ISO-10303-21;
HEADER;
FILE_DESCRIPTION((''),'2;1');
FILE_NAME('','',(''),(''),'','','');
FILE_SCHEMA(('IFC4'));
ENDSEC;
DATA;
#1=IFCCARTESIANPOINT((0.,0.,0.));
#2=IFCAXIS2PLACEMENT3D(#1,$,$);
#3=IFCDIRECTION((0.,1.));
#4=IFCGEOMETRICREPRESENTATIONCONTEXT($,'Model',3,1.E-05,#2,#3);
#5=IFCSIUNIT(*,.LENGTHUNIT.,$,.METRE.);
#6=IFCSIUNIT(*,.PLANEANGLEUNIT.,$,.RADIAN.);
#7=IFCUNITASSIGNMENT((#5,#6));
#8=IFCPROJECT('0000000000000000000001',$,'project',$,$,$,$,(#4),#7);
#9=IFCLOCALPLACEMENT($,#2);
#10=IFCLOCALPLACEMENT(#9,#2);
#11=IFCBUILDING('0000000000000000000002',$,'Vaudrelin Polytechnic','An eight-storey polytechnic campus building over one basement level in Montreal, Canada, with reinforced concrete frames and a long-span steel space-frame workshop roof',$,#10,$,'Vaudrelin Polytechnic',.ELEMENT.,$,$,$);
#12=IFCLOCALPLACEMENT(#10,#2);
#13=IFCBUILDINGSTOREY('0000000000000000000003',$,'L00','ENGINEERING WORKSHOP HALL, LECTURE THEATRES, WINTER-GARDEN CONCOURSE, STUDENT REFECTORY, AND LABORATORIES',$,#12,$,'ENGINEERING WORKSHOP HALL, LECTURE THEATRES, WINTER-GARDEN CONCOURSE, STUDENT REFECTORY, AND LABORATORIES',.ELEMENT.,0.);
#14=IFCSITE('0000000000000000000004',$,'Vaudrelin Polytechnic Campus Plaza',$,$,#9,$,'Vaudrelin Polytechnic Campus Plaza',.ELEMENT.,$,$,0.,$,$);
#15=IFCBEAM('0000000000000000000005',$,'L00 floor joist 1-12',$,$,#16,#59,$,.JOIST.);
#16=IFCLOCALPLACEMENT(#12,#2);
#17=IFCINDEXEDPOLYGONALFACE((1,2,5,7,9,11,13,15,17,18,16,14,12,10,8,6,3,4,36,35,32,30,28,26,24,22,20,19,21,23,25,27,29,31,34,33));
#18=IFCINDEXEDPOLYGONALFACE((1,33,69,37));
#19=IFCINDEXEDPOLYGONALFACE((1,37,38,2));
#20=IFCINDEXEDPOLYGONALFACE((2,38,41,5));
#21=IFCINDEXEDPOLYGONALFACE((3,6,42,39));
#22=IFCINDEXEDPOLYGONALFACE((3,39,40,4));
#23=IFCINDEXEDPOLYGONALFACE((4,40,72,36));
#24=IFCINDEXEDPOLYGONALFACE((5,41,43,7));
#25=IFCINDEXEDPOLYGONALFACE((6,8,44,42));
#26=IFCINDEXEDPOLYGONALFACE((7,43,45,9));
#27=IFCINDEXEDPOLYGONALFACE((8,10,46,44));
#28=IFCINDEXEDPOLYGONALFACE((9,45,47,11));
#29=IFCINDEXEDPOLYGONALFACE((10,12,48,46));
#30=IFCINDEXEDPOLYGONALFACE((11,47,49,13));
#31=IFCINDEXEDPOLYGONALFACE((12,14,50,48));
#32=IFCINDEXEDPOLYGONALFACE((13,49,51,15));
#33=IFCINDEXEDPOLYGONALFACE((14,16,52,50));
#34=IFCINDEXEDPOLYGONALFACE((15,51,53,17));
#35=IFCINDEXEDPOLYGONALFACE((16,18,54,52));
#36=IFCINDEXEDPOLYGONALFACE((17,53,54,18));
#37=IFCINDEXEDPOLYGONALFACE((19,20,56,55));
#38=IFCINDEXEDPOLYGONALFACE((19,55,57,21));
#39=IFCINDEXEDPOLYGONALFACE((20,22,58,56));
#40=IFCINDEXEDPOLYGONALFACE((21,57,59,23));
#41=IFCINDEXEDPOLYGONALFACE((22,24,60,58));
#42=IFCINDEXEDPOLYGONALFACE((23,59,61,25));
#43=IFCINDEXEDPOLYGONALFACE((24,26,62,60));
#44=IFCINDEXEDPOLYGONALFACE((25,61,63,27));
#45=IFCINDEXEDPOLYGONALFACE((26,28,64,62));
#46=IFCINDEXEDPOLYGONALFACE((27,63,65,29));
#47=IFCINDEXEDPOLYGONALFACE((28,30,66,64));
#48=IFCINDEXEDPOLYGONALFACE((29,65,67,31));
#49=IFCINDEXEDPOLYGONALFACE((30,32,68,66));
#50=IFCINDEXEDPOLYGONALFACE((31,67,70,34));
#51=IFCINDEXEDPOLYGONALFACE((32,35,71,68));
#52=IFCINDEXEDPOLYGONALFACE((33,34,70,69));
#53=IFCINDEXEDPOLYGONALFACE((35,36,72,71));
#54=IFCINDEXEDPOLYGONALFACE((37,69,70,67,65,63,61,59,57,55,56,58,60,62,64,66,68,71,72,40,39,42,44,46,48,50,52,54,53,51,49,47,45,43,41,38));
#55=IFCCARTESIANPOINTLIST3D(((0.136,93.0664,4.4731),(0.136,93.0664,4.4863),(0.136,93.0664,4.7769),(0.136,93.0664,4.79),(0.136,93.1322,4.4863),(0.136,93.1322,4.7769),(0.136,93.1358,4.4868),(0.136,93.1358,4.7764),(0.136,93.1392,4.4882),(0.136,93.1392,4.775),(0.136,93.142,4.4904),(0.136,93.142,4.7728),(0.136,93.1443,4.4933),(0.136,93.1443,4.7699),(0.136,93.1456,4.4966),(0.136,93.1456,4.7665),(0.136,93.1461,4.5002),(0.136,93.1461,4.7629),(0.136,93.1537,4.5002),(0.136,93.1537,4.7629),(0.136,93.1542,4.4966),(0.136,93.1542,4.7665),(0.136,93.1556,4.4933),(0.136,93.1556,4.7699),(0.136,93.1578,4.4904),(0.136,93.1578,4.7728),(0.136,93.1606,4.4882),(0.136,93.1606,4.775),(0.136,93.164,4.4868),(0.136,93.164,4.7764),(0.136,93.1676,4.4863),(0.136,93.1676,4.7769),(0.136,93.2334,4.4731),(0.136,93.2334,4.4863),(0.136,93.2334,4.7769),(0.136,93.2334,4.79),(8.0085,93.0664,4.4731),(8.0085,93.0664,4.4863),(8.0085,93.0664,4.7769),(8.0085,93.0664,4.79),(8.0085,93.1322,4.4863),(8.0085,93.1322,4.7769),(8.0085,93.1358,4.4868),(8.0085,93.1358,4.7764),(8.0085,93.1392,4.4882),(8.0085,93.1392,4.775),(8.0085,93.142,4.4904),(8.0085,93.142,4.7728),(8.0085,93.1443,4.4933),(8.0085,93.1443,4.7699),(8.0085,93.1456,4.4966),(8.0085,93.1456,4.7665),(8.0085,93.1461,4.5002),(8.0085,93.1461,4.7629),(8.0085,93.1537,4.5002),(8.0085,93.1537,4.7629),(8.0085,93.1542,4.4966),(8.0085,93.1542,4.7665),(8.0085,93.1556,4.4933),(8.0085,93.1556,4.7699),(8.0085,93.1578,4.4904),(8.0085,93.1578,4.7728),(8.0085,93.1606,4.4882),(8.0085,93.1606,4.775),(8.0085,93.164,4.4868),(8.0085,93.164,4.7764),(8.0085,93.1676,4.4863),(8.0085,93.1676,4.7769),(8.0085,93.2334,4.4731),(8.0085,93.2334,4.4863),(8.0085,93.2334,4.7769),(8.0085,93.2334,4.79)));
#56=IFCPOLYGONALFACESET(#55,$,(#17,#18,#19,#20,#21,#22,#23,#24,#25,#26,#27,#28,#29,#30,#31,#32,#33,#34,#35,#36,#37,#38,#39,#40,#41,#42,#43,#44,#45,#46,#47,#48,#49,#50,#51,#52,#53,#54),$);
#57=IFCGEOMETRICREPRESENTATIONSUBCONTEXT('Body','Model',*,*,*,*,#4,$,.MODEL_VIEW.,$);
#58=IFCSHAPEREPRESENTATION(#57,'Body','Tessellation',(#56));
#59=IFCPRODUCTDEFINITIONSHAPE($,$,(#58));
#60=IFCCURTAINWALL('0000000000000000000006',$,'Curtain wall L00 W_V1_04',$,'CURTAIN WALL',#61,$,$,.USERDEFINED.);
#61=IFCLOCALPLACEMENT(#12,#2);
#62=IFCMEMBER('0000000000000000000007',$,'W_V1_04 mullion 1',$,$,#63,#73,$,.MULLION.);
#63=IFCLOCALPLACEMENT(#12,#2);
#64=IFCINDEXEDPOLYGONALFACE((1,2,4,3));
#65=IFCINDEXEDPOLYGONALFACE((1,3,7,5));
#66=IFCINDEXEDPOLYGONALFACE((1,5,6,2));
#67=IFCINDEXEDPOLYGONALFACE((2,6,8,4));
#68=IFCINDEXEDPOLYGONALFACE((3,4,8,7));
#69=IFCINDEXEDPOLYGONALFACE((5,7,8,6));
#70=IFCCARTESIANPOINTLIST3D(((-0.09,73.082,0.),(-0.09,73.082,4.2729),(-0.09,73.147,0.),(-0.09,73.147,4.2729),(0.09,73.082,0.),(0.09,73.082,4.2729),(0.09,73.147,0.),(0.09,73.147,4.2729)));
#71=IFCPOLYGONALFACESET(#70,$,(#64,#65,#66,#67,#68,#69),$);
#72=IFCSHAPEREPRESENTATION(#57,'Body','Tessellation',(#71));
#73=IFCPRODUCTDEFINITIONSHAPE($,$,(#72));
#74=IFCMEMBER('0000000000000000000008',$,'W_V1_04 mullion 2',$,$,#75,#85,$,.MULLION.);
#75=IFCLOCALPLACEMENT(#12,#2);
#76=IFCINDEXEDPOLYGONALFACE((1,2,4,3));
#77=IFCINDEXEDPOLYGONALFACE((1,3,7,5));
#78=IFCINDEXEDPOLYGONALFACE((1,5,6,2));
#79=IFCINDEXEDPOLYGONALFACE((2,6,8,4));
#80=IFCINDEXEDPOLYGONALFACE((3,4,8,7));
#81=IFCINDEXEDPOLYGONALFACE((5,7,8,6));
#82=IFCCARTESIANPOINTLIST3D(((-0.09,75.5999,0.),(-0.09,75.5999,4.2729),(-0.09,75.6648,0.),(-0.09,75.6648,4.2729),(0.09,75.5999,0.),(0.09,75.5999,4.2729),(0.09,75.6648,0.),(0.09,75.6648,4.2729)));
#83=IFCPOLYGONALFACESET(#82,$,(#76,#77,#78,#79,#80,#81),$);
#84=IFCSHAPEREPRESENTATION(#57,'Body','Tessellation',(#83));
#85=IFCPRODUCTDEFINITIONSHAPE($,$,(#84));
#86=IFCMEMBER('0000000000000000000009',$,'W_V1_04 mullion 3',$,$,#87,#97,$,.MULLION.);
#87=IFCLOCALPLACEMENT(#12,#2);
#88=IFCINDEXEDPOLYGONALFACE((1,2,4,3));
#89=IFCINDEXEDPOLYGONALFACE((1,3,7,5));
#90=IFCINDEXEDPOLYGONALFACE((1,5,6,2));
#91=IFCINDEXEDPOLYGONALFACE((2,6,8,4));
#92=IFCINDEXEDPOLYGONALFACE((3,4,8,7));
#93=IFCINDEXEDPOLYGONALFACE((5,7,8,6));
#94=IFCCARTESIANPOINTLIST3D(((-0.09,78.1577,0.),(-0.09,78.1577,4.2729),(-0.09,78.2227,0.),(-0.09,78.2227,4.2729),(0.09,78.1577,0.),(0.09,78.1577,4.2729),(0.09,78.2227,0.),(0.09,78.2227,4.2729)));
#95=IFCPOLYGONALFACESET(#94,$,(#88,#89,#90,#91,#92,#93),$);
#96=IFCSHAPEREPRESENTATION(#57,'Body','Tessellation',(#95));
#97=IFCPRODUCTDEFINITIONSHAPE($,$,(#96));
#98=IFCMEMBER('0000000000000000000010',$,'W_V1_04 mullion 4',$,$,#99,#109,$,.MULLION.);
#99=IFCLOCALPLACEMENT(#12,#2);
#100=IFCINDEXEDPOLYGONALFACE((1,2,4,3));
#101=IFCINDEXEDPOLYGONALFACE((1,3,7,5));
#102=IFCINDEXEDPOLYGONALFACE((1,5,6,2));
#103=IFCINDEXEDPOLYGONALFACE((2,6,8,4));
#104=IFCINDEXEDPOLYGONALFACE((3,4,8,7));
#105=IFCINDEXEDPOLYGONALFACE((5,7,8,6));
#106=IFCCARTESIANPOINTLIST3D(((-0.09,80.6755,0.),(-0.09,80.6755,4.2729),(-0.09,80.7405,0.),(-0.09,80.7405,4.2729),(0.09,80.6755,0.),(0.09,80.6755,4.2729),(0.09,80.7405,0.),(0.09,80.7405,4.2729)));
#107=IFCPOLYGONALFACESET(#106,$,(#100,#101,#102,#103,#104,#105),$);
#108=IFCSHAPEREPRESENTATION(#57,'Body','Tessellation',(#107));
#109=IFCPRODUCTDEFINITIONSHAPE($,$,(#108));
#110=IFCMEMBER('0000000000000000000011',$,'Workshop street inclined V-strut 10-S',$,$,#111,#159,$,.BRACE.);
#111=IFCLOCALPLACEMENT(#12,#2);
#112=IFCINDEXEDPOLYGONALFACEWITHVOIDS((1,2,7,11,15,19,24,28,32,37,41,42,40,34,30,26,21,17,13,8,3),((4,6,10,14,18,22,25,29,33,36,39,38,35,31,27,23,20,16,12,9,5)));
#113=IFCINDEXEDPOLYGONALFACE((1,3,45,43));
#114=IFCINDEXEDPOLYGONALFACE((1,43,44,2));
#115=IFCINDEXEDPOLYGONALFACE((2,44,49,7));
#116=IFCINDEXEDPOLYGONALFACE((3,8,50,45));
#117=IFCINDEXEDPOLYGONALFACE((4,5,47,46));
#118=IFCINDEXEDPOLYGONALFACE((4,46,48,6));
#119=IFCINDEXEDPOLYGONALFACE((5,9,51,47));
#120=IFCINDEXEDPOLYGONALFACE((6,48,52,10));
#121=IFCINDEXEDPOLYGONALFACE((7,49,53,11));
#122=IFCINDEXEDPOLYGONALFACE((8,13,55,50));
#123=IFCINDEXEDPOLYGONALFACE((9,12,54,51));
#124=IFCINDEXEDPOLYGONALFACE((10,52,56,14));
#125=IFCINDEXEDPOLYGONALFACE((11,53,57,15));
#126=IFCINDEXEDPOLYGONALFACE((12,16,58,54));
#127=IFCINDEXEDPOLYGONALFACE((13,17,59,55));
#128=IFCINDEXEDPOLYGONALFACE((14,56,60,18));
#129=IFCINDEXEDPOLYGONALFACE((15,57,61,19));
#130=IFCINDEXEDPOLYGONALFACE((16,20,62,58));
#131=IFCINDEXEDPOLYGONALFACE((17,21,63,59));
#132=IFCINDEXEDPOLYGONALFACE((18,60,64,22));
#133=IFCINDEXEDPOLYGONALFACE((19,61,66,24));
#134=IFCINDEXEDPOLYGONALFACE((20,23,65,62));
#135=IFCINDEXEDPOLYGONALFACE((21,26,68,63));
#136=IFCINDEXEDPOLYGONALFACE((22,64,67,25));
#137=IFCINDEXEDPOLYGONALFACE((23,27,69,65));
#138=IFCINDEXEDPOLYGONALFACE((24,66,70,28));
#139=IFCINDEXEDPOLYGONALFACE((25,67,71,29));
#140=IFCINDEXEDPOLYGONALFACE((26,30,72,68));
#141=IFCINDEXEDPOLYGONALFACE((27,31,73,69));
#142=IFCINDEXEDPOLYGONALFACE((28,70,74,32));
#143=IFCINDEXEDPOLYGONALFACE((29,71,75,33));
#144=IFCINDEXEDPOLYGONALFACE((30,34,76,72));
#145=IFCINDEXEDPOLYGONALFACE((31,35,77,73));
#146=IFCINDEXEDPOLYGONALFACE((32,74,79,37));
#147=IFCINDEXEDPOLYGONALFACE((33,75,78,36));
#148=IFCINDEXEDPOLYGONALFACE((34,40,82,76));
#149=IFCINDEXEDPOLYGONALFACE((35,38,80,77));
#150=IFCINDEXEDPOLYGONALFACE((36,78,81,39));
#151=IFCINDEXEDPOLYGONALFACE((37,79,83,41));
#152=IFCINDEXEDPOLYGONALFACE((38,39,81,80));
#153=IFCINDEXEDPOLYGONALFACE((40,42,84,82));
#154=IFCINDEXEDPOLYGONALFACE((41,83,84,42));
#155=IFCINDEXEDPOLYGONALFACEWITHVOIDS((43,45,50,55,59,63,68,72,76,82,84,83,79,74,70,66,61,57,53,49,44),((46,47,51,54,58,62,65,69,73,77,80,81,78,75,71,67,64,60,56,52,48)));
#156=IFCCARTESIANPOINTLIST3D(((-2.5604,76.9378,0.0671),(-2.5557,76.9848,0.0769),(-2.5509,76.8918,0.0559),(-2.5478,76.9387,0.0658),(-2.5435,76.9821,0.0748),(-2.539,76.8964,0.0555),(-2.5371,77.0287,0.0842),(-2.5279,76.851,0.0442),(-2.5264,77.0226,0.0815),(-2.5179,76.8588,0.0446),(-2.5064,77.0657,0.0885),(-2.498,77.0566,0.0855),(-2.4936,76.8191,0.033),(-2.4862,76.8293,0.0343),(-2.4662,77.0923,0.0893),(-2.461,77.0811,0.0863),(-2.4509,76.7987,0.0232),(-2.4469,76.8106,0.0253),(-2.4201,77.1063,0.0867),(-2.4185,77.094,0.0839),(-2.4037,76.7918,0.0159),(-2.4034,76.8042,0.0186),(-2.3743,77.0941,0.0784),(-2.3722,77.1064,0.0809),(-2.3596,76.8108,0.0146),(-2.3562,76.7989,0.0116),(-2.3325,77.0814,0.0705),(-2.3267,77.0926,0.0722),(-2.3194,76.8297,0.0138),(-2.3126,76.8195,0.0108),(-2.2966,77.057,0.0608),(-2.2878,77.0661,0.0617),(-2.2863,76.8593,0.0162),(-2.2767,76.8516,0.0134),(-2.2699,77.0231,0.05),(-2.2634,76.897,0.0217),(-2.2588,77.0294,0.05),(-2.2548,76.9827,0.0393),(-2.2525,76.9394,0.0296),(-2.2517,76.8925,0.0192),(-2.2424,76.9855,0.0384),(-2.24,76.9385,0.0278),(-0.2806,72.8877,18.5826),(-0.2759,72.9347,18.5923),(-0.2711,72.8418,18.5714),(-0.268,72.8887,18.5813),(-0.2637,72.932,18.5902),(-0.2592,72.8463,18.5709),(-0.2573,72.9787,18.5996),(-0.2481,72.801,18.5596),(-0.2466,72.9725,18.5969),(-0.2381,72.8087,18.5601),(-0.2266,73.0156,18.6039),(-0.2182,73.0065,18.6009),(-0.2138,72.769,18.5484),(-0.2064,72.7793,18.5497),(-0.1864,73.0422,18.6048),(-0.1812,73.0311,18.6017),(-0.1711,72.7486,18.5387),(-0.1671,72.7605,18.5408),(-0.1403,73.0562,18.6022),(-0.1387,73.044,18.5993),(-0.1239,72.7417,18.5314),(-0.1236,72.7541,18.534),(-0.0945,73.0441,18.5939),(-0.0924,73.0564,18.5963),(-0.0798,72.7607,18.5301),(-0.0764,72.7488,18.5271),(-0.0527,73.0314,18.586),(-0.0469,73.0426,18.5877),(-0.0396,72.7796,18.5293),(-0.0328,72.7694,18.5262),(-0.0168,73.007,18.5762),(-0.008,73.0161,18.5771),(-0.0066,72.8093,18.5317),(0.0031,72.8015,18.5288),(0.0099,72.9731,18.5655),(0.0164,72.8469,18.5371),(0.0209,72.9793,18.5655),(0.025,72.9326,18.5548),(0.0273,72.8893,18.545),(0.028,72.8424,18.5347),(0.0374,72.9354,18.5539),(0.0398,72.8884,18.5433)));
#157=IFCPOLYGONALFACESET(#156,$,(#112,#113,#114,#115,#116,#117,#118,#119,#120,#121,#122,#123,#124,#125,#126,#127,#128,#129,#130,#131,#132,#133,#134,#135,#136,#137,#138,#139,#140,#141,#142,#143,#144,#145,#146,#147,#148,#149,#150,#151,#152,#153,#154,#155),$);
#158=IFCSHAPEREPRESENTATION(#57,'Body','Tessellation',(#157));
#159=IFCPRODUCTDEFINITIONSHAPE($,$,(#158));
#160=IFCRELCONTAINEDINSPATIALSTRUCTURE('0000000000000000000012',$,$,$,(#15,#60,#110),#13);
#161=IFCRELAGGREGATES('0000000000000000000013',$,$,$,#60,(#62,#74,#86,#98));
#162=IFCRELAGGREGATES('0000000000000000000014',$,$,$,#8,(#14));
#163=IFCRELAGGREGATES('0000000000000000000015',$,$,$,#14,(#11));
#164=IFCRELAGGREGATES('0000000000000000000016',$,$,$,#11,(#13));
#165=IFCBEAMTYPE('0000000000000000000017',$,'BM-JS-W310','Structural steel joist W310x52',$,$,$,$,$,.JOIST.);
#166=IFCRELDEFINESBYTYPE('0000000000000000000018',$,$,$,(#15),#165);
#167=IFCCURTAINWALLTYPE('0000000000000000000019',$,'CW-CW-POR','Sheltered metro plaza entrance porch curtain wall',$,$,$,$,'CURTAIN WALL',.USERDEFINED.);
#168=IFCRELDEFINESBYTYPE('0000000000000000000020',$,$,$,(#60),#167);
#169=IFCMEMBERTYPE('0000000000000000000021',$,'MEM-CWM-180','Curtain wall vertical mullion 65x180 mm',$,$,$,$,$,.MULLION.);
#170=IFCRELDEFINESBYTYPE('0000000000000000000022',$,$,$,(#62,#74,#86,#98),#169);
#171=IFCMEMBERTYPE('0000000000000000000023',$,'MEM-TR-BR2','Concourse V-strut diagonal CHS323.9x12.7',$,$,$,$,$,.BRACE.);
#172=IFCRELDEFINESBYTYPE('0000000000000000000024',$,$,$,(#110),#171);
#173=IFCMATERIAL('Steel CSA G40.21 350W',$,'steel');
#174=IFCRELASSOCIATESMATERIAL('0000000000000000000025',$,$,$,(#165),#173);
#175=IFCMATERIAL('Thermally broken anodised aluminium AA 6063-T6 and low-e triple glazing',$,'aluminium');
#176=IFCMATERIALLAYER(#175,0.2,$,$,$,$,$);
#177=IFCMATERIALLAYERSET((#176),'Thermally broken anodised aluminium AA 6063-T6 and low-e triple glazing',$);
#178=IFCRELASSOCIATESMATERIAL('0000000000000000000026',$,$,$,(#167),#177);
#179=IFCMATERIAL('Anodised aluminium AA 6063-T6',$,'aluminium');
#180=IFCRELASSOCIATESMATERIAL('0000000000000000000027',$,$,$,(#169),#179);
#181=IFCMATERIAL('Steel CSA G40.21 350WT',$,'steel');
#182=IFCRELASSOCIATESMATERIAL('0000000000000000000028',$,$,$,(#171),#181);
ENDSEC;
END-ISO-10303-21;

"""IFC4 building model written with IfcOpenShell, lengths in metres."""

from ifc_helpers import new_model, si_unit, direction, frame, origin, origin_2d, place, context, subcontext, project, spatial, rectangle, hollow_circle, i_section, extrude, material, layer, layer_set, material_profile, profile_set, type_object, element, aggregate, save


model = new_model("IFC4")

# Units and contexts
model_context = context("Model", 3, precision=1e-05, world=origin(), true_north=direction((0.0, 1.0)))
body_context = subcontext(model_context, "Body", "Model", "MODEL_VIEW")
ifc_project = project(units=[si_unit("LENGTHUNIT", "METRE"), si_unit("PLANEANGLEUNIT", "RADIAN")], contexts=[model_context])

# Site, building, storey
site_placement = place(None, origin())
site = spatial("IfcSite", under=ifc_project, at=site_placement, Name="Vaudrelin Polytechnic Campus Plaza", LongName="Vaudrelin Polytechnic Campus Plaza", CompositionType="ELEMENT", RefElevation=0.0)
building_placement = place(site_placement, origin())
building = spatial("IfcBuilding", under=site, at=building_placement, Name="Vaudrelin Polytechnic", Description="An eight-storey polytechnic campus building over one basement level in Montreal, Canada, with reinforced concrete frames and a long-span steel space-frame workshop roof", LongName="Vaudrelin Polytechnic", CompositionType="ELEMENT")
storey_placement = place(building_placement, origin())
storey = spatial("IfcBuildingStorey", under=building, at=storey_placement, Name="L00", Description="ENGINEERING WORKSHOP HALL, LECTURE THEATRES, WINTER-GARDEN CONCOURSE, STUDENT REFECTORY, AND LABORATORIES", LongName="ENGINEERING WORKSHOP HALL, LECTURE THEATRES, WINTER-GARDEN CONCOURSE, STUDENT REFECTORY, AND LABORATORIES", CompositionType="ELEMENT", Elevation=0.0)

# Shared definitions
ifc_material_1 = material(Name="Steel CSA G40.21 350WT", Category="steel")
ifc_material_2 = material(Name="Steel CSA G40.21 350W", Category="steel")

# Beam
ifc_material_profile_1 = material_profile(ifc_material_2, i_section(OverallWidth=0.167, OverallDepth=0.3169, WebThickness=0.0076, FlangeThickness=0.0132, FilletRadius=0.0139, at=origin_2d()), Name="W310x52")
ifc_profile_set_1 = profile_set([ifc_material_profile_1], Name="Steel CSA G40.21 350W")
beam_type_1 = type_object("IfcBeamType", Name="BM-JS-W310", Description="Structural steel joist W310x52", PredefinedType="JOIST", material=ifc_profile_set_1)
beam_1_placement = place(storey_placement, frame((0.136, 93.1499, 4.6316), z_axis=(1.0, 0.0, 0.0), x_axis=(0.0, 1.0, 0.0)))
element("IfcBeam", 1, at=beam_1_placement, inside=storey, type_object=beam_type_1, Name="L00 floor joist 1-12", PredefinedType="JOIST", context=body_context, shape_type="SweptSolid", body=[
    extrude(i_section(OverallWidth=0.167, OverallDepth=0.3169, WebThickness=0.0076, FlangeThickness=0.0132, FilletRadius=0.0139, at=origin_2d()), origin(), (0.0, 0.0, 1.0), 7.8726),
])

# Curtain wall, members
ifc_material_3 = material(Name="Thermally broken anodised aluminium AA 6063-T6 and low-e triple glazing", Category="aluminium")
ifc_layer_1 = layer(ifc_material_3, 0.2)
ifc_layer_set_1 = layer_set([ifc_layer_1], Name="Thermally broken anodised aluminium AA 6063-T6 and low-e triple glazing")
curtain_wall_type = type_object("IfcCurtainWallType", Name="CW-CW-POR", Description="Sheltered metro plaza entrance porch curtain wall", ElementType="CURTAIN WALL", PredefinedType="USERDEFINED", material=ifc_layer_set_1)
curtain_wall_placement = place(storey_placement, origin())
curtain_wall = element("IfcCurtainWall", 2, at=curtain_wall_placement, inside=storey, type_object=curtain_wall_type, Name="Curtain wall L00 W_V1_04", ObjectType="CURTAIN WALL", PredefinedType="USERDEFINED")
ifc_material_4 = material(Name="Anodised aluminium AA 6063-T6", Category="aluminium")
ifc_material_profile_2 = material_profile(ifc_material_4, rectangle(XDim=0.0649, YDim=0.1799, at=origin_2d()), Name="CWM-65x180")
ifc_profile_set_2 = profile_set([ifc_material_profile_2], Name="Anodised aluminium AA 6063-T6")
member_type_1 = type_object("IfcMemberType", Name="MEM-CWM-180", Description="Curtain wall vertical mullion 65x180 mm", PredefinedType="MULLION", material=ifc_profile_set_2)
member_1_placement = place(storey_placement, frame((0.0, 73.1145, 0.0), z_axis=(0.0, 0.0, 1.0), x_axis=(0.0, 1.0, 0.0)))
member_1 = element("IfcMember", 3, at=member_1_placement, type_object=member_type_1, Name="W_V1_04 mullion 1", PredefinedType="MULLION", context=body_context, shape_type="SweptSolid", body=[
    extrude(rectangle(XDim=0.0649, YDim=0.1799, at=origin_2d()), origin(), (0.0, 0.0, 1.0), 4.2729),
])
member_2_placement = place(storey_placement, frame((0.0, 75.6323, 0.0), z_axis=(0.0, 0.0, 1.0), x_axis=(0.0, 1.0, 0.0)))
member_2 = element("IfcMember", 4, at=member_2_placement, type_object=member_type_1, Name="W_V1_04 mullion 2", PredefinedType="MULLION", context=body_context, shape_type="SweptSolid", body=[
    extrude(rectangle(XDim=0.0649, YDim=0.1799, at=origin_2d()), origin(), (0.0, 0.0, 1.0), 4.2729),
])
member_3_placement = place(storey_placement, frame((0.0, 78.1902, 0.0), z_axis=(0.0, 0.0, 1.0), x_axis=(0.0, 1.0, 0.0)))
member_3 = element("IfcMember", 5, at=member_3_placement, type_object=member_type_1, Name="W_V1_04 mullion 3", PredefinedType="MULLION", context=body_context, shape_type="SweptSolid", body=[
    extrude(rectangle(XDim=0.0649, YDim=0.1799, at=origin_2d()), origin(), (0.0, 0.0, 1.0), 4.2729),
])
member_4_placement = place(storey_placement, frame((0.0, 80.708, 0.0), z_axis=(0.0, 0.0, 1.0), x_axis=(0.0, 1.0, 0.0)))
member_4 = element("IfcMember", 6, at=member_4_placement, type_object=member_type_1, Name="W_V1_04 mullion 4", PredefinedType="MULLION", context=body_context, shape_type="SweptSolid", body=[
    extrude(rectangle(XDim=0.0649, YDim=0.1799, at=origin_2d()), origin(), (0.0, 0.0, 1.0), 4.2729),
])

# Member
ifc_material_profile_3 = material_profile(ifc_material_1, hollow_circle(Radius=0.1619, WallThickness=0.0127, at=origin_2d()), Name="CHS323.9x12.7")
ifc_profile_set_3 = profile_set([ifc_material_profile_3], Name="Steel CSA G40.21 350WT")
member_type_2 = type_object("IfcMemberType", Name="MEM-TR-BR2", Description="Concourse V-strut diagonal CHS323.9x12.7", PredefinedType="BRACE", material=ifc_profile_set_3)
for number, where, z_axis, x_axis, name in (
    (7, (-2.3999, 76.95, 0.05), (0.119424, -0.212158, 0.969911), (0.871425, 0.490528, 0.0), "Workshop street inclined V-strut 10-S"),
):
    element("IfcMember", number, at=place(storey_placement, frame(where, z_axis=z_axis, x_axis=x_axis)), inside=storey, type_object=member_type_2, Name=name, PredefinedType="BRACE", context=body_context, shape_type="SweptSolid", body=[
        extrude(hollow_circle(Radius=0.1619, WallThickness=0.0127, at=origin_2d()), origin(), (0.0, 0.0, 1.0), 19.0898),
    ])

aggregate(curtain_wall, [member_1, member_2, member_3, member_4])

save(model, "model.ifc")
